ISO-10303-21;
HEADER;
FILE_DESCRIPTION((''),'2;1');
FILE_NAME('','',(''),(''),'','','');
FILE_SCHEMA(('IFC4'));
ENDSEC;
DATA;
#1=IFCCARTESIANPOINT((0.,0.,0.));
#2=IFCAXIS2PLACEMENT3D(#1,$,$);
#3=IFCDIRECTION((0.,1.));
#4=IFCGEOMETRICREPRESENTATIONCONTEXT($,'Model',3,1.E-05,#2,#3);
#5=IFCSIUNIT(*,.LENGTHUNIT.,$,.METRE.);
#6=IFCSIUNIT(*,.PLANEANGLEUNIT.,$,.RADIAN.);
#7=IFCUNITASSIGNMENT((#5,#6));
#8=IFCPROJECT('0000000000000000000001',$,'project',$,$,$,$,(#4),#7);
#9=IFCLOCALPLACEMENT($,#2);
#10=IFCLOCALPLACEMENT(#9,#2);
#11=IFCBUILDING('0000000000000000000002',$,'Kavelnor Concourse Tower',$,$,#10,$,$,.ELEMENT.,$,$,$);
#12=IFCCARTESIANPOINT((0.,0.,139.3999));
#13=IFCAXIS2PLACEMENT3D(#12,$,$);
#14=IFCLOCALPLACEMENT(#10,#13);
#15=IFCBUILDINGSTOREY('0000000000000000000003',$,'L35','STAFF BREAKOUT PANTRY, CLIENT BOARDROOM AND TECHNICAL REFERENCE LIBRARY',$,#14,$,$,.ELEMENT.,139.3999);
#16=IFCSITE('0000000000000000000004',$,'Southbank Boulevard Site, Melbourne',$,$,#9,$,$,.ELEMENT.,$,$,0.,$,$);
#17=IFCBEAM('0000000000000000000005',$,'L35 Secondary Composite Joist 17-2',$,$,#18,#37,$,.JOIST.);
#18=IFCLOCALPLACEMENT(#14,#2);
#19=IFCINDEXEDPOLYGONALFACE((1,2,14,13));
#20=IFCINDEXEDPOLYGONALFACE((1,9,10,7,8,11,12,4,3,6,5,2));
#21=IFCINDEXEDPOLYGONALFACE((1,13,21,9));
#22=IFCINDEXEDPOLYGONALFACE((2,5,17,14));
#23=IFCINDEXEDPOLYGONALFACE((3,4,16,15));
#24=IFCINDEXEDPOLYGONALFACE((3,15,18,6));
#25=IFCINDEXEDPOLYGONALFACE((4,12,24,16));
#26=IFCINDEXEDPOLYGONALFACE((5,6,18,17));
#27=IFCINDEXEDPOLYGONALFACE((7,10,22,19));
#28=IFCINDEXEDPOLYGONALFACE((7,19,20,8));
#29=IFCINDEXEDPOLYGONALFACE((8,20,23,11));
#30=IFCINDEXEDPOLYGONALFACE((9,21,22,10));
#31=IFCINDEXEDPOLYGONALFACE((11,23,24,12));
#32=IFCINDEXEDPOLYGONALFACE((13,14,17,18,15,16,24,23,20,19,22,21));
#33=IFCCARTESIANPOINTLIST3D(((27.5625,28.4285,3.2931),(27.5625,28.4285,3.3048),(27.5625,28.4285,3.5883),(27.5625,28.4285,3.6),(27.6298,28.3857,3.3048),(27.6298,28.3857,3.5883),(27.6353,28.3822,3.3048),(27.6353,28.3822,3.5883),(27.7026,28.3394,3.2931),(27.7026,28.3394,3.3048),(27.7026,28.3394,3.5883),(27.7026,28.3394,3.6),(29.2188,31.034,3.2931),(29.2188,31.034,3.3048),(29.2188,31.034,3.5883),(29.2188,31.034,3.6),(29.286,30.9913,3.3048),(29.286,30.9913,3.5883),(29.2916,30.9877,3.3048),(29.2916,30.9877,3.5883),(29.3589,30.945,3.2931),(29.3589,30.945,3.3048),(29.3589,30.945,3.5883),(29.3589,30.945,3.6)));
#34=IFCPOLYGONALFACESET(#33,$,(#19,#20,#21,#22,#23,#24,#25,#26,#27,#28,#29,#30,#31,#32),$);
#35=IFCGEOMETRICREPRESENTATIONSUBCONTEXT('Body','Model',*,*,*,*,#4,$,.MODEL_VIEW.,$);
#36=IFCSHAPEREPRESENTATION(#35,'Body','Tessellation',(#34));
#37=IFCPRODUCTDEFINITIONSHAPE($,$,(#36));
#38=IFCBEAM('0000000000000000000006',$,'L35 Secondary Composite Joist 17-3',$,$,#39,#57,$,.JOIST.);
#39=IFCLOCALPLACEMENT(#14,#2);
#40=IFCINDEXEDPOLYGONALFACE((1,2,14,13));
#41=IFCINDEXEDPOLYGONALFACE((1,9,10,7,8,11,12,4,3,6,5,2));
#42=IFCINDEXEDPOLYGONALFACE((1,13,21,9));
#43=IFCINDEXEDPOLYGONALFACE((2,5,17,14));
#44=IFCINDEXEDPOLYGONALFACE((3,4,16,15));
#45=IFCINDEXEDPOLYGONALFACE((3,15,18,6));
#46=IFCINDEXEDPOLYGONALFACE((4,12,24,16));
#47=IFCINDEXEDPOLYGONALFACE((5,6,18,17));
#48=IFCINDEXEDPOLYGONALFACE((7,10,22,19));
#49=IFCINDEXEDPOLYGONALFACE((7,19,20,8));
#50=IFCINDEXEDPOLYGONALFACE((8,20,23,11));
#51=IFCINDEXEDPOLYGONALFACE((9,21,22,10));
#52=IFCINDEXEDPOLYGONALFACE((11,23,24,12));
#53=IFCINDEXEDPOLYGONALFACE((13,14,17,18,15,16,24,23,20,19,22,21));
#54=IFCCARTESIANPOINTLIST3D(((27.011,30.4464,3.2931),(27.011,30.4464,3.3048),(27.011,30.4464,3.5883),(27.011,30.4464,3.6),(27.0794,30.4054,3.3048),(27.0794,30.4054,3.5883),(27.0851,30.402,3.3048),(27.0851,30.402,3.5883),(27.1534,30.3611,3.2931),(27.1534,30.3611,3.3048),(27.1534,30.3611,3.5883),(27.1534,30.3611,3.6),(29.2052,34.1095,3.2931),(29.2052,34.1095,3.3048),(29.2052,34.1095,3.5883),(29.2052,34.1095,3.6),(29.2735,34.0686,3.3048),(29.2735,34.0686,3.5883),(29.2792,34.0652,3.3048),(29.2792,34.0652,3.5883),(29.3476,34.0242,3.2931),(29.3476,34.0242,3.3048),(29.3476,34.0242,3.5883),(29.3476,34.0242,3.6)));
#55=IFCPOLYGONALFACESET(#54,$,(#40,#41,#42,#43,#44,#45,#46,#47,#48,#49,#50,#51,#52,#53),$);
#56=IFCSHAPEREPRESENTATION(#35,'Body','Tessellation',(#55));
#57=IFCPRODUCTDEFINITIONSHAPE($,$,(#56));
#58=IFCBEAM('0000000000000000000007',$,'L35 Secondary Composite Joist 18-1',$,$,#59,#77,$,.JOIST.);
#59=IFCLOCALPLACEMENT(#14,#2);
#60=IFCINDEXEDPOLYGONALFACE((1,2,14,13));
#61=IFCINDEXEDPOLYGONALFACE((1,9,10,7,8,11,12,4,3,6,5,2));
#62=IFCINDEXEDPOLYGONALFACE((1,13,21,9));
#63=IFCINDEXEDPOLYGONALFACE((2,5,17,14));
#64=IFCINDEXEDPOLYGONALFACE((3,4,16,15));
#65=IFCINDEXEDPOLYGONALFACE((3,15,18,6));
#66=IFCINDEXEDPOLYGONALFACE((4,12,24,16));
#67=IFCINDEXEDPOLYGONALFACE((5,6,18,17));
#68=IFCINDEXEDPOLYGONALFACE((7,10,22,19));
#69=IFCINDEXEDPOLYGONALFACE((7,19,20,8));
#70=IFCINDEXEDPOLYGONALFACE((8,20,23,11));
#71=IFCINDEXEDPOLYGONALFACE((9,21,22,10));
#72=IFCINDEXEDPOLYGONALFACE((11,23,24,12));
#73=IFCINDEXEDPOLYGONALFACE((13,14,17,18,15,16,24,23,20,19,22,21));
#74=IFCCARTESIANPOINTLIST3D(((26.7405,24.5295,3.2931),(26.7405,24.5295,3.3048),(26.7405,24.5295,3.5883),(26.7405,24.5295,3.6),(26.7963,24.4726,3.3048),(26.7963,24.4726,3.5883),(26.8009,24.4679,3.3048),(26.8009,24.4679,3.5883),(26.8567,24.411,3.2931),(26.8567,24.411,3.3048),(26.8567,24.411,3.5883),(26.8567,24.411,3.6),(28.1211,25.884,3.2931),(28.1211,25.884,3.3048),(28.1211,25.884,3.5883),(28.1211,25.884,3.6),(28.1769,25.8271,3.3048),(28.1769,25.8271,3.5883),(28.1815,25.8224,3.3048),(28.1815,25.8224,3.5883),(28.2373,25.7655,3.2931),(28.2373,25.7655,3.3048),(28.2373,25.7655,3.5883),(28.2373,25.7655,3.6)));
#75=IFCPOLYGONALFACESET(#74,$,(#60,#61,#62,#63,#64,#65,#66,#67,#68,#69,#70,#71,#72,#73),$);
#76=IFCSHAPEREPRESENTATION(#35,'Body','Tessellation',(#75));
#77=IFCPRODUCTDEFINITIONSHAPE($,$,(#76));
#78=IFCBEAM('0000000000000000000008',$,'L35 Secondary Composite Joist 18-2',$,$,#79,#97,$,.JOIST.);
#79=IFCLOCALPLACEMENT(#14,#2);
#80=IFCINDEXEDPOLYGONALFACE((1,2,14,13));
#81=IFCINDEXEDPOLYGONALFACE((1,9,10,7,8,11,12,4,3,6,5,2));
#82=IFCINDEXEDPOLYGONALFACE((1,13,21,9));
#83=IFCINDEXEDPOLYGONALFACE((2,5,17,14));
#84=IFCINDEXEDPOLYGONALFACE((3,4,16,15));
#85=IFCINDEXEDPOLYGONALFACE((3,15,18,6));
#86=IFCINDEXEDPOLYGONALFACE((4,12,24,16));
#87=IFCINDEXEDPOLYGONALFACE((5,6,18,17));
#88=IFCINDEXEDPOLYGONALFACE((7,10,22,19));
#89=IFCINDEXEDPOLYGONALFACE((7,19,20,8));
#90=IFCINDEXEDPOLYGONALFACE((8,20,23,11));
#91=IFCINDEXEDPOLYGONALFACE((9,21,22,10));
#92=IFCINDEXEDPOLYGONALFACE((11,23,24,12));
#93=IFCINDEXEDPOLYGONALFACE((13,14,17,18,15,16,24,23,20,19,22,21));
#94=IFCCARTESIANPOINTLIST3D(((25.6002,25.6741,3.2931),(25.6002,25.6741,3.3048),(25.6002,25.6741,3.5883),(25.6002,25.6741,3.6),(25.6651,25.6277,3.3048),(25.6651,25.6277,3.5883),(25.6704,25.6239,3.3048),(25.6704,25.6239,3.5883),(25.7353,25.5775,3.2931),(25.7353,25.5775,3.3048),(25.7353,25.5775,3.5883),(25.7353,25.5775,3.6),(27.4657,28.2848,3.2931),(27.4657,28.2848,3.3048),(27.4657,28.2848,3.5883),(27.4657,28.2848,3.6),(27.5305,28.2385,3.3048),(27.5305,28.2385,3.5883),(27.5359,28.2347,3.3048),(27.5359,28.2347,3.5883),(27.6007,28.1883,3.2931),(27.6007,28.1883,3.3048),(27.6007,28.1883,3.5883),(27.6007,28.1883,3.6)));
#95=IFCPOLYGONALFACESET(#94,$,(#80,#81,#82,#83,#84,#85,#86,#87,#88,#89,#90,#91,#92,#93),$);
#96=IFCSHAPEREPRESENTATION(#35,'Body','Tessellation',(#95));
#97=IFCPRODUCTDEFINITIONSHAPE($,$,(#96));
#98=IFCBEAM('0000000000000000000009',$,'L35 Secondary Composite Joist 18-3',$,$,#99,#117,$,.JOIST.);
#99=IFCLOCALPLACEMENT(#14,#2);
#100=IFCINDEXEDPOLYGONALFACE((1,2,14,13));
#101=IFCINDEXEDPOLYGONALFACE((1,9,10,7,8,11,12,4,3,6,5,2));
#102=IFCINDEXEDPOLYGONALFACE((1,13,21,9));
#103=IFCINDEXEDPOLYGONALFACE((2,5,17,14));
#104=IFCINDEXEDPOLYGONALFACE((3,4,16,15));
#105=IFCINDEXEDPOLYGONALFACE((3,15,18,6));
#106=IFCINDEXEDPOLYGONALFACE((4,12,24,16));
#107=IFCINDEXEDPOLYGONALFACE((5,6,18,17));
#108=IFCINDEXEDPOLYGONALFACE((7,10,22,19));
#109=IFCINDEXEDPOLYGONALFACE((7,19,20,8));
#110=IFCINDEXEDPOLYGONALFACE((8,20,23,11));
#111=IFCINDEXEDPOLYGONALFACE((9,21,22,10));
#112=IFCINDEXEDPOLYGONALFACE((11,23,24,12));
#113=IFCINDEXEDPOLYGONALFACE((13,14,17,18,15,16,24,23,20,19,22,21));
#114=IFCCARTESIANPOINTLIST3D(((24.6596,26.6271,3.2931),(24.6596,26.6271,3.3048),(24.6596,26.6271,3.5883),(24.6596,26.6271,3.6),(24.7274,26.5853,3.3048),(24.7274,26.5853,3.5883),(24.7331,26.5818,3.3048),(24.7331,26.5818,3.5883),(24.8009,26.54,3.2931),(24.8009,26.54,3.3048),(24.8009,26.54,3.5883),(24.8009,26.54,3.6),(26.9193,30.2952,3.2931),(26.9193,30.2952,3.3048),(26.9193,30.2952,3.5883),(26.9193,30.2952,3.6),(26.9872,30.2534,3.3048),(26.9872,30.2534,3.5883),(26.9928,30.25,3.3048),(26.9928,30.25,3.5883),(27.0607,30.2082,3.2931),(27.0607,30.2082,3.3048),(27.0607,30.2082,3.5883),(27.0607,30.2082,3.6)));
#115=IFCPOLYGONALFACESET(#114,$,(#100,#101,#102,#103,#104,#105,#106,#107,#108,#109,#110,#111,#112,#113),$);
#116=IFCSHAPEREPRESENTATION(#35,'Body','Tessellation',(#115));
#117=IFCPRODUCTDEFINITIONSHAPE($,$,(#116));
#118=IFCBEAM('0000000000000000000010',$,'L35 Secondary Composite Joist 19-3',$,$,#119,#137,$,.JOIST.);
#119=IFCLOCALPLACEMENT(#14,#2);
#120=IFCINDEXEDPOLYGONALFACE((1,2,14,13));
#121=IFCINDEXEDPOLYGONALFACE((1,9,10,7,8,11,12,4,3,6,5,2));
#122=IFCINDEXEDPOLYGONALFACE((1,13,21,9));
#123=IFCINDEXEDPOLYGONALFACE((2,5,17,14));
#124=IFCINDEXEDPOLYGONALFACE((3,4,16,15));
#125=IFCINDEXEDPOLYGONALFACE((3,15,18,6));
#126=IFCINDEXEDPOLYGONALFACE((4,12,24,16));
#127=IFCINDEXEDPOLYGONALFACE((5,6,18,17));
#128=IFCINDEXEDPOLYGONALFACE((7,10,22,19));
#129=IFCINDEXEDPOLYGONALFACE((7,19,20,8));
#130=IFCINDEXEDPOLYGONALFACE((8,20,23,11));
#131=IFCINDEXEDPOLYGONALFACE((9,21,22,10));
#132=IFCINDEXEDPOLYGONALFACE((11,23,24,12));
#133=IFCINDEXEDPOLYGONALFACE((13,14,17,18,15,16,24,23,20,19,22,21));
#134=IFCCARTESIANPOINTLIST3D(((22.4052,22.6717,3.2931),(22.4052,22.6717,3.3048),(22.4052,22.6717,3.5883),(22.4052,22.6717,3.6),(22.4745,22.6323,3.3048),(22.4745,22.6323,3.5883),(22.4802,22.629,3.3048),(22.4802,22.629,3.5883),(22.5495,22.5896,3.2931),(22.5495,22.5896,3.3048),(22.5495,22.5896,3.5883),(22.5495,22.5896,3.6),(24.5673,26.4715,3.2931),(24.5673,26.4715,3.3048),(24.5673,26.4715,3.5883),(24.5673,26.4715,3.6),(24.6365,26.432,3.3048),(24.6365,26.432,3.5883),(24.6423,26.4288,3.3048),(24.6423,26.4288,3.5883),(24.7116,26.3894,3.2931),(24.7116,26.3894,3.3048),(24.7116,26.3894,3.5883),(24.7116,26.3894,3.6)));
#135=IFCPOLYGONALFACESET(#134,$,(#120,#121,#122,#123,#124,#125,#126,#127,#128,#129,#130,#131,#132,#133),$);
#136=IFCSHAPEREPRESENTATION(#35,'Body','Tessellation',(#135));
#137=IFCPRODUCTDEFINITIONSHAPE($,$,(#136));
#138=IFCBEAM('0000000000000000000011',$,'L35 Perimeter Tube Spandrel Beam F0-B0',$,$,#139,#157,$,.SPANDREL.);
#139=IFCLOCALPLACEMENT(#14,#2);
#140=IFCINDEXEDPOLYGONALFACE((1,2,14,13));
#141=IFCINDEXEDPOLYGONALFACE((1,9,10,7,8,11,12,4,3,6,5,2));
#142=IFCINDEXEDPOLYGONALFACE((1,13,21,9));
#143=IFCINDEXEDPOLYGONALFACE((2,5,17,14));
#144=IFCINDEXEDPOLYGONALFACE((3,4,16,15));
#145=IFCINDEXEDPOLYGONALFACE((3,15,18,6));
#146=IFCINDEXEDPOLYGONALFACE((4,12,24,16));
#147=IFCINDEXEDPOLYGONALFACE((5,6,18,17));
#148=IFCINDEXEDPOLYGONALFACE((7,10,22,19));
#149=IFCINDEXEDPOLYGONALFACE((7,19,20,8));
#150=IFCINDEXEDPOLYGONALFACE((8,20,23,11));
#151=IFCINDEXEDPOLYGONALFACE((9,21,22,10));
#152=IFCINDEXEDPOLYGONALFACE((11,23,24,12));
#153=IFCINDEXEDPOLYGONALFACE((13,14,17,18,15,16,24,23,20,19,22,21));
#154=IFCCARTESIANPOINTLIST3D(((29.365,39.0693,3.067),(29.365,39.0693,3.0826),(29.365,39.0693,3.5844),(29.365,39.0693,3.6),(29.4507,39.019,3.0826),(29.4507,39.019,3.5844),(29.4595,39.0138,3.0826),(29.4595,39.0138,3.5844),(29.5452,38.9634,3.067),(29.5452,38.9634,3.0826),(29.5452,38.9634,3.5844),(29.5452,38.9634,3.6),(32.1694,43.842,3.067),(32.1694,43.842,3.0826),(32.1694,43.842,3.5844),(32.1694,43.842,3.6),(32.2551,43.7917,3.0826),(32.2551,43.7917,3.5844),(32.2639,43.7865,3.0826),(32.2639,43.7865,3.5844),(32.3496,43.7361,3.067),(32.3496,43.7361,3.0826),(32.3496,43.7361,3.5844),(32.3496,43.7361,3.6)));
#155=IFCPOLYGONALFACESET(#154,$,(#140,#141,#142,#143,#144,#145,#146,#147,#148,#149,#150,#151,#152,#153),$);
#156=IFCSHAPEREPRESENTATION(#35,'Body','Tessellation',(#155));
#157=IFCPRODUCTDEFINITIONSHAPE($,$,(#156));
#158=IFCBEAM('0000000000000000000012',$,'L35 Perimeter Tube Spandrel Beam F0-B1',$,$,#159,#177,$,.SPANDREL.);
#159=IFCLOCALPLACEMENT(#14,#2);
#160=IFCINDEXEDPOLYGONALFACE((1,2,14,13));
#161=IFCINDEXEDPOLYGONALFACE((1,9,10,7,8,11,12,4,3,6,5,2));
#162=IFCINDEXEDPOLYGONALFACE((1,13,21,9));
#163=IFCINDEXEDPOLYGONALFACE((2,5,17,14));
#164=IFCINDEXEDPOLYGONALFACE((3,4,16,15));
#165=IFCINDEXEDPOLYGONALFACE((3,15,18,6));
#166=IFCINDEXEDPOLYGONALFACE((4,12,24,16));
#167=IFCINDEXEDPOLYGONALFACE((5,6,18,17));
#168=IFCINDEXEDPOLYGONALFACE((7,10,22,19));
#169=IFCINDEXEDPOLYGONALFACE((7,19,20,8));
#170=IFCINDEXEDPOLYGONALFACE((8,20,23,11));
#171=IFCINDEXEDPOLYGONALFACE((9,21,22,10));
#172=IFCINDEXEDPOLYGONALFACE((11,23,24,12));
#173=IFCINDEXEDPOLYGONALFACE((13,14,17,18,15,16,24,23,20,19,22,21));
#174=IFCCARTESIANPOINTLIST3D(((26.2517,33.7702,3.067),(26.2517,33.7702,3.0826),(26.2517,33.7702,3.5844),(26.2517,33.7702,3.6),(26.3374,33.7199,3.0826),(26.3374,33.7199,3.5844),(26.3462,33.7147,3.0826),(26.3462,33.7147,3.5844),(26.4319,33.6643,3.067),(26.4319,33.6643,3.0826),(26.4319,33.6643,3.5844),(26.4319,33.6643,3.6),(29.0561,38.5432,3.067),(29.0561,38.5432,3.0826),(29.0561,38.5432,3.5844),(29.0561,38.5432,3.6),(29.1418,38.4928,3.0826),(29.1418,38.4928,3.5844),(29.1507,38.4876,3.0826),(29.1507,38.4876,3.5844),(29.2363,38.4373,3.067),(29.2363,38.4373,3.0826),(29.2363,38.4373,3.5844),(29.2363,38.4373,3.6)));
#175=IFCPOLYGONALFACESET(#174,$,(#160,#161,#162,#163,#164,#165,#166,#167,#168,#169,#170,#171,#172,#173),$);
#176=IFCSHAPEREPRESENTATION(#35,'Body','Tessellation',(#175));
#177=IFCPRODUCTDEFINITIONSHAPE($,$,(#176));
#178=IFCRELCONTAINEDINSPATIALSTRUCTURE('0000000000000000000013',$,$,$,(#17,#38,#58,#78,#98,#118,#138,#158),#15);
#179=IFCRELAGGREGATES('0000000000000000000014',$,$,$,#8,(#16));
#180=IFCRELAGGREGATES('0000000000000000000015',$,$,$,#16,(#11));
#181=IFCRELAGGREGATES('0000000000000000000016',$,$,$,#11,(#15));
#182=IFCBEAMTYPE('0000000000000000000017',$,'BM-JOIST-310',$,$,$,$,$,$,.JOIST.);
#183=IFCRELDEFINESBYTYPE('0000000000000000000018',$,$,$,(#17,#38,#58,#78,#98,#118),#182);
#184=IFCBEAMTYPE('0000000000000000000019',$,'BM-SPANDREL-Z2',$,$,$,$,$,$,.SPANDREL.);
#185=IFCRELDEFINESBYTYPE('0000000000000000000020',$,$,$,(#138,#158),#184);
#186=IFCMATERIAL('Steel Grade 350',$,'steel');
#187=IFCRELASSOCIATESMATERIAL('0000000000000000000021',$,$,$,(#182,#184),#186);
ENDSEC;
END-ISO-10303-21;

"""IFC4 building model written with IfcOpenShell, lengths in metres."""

from ifc_helpers import new_model, si_unit, direction, frame, origin, origin_2d, place, context, subcontext, project, spatial, i_section, extrude, material, material_profile, profile_set, type_object, element, save


model = new_model("IFC4")

# Units and contexts
model_context = context("Model", 3, precision=1e-05, world=origin(), true_north=direction((0.0, 1.0)))
body_context = subcontext(model_context, "Body", "Model", "MODEL_VIEW")
ifc_project = project(units=[si_unit("LENGTHUNIT", "METRE"), si_unit("PLANEANGLEUNIT", "RADIAN")], contexts=[model_context])

# Site, building, storey
site_placement = place(None, origin())
site = spatial("IfcSite", under=ifc_project, at=site_placement, Name="Southbank Boulevard Site, Melbourne", CompositionType="ELEMENT", RefElevation=0.0)
building_placement = place(site_placement, origin())
building = spatial("IfcBuilding", under=site, at=building_placement, Name="Kavelnor Concourse Tower", CompositionType="ELEMENT")
storey_placement = place(building_placement, frame((0.0, 0.0, 139.3999)))
storey = spatial("IfcBuildingStorey", under=building, at=storey_placement, Name="L35", Description="STAFF BREAKOUT PANTRY, CLIENT BOARDROOM AND TECHNICAL REFERENCE LIBRARY", CompositionType="ELEMENT", Elevation=139.3999)

# Shared definitions
ifc_material_1 = material(Name="Steel Grade 350", Category="steel")

# Beams
ifc_material_profile_1 = material_profile(ifc_material_1, i_section(OverallWidth=0.166, OverallDepth=0.3069, WebThickness=0.0066, FlangeThickness=0.0117, at=origin_2d()), Name="310UB46")
ifc_profile_set_1 = profile_set([ifc_material_profile_1], Name="Steel Grade 350")
beam_type_1 = type_object("IfcBeamType", Name="BM-JOIST-310", PredefinedType="JOIST", material=ifc_profile_set_1)
beam_1_placement = place(storey_placement, frame((29.2888, 30.9895, 3.4465), z_axis=(-0.536466, -0.843922, 0.0), x_axis=(0.843922, -0.536466, 0.0)))
element("IfcBeam", 1, at=beam_1_placement, inside=storey, type_object=beam_type_1, Name="L35 Secondary Composite Joist 17-2", PredefinedType="JOIST", context=body_context, shape_type="SweptSolid", body=[
    extrude(i_section(OverallWidth=0.166, OverallDepth=0.3069, WebThickness=0.0066, FlangeThickness=0.0117, at=origin_2d()), origin(), (0.0, 0.0, 1.0), 3.0874),
])
beam_2_placement = place(storey_placement, frame((29.2764, 34.0669, 3.4465), z_axis=(-0.513848, -0.857881, 0.0), x_axis=(0.857881, -0.513848, 0.0)))
element("IfcBeam", 2, at=beam_2_placement, inside=storey, type_object=beam_type_1, Name="L35 Secondary Composite Joist 17-3", PredefinedType="JOIST", context=body_context, shape_type="SweptSolid", body=[
    extrude(i_section(OverallWidth=0.166, OverallDepth=0.3069, WebThickness=0.0066, FlangeThickness=0.0117, at=origin_2d()), origin(), (0.0, 0.0, 1.0), 4.27),
])
beam_3_placement = place(storey_placement, frame((28.1792, 25.8247, 3.4465), z_axis=(-0.713828, -0.700321, 0.0), x_axis=(0.700321, -0.713828, 0.0)))
element("IfcBeam", 3, at=beam_3_placement, inside=storey, type_object=beam_type_1, Name="L35 Secondary Composite Joist 18-1", PredefinedType="JOIST", context=body_context, shape_type="SweptSolid", body=[
    extrude(i_section(OverallWidth=0.166, OverallDepth=0.3069, WebThickness=0.0066, FlangeThickness=0.0117, at=origin_2d()), origin(), (0.0, 0.0, 1.0), 1.9341),
])
beam_4_placement = place(storey_placement, frame((27.5332, 28.2366, 3.4465), z_axis=(-0.581361, -0.813646, 0.0), x_axis=(0.813646, -0.581361, 0.0)))
element("IfcBeam", 4, at=beam_4_placement, inside=storey, type_object=beam_type_1, Name="L35 Secondary Composite Joist 18-2", PredefinedType="JOIST", context=body_context, shape_type="SweptSolid", body=[
    extrude(i_section(OverallWidth=0.166, OverallDepth=0.3069, WebThickness=0.0066, FlangeThickness=0.0117, at=origin_2d()), origin(), (0.0, 0.0, 1.0), 3.2087),
])
beam_5_placement = place(storey_placement, frame((26.99, 30.2517, 3.4465), z_axis=(-0.524502, -0.851409, 0.0), x_axis=(0.851409, -0.524502, 0.0)))
element("IfcBeam", 5, at=beam_5_placement, inside=storey, type_object=beam_type_1, Name="L35 Secondary Composite Joist 18-3", PredefinedType="JOIST", context=body_context, shape_type="SweptSolid", body=[
    extrude(i_section(OverallWidth=0.166, OverallDepth=0.3069, WebThickness=0.0066, FlangeThickness=0.0117, at=origin_2d()), origin(), (0.0, 0.0, 1.0), 4.3083),
])
beam_6_placement = place(storey_placement, frame((24.6394, 26.4304, 3.4465), z_axis=(-0.49455, -0.869149, 0.0), x_axis=(0.869149, -0.49455, 0.0)))
element("IfcBeam", 6, at=beam_6_placement, inside=storey, type_object=beam_type_1, Name="L35 Secondary Composite Joist 19-3", PredefinedType="JOIST", context=body_context, shape_type="SweptSolid", body=[
    extrude(i_section(OverallWidth=0.166, OverallDepth=0.3069, WebThickness=0.0066, FlangeThickness=0.0117, at=origin_2d()), origin(), (0.0, 0.0, 1.0), 4.3718),
])
ifc_material_profile_2 = material_profile(ifc_material_1, i_section(OverallWidth=0.209, OverallDepth=0.533, WebThickness=0.0103, FlangeThickness=0.0156, at=origin_2d()), Name="530UB92")
ifc_profile_set_2 = profile_set([ifc_material_profile_2], Name="Steel Grade 350")
beam_type_2 = type_object("IfcBeamType", Name="BM-SPANDREL-Z2", PredefinedType="SPANDREL", material=ifc_profile_set_2)
beam_7_placement = place(storey_placement, frame((32.2595, 43.7891, 3.3335), z_axis=(-0.506613, -0.862173, 0.0), x_axis=(0.862173, -0.506613, 0.0)))
element("IfcBeam", 7, at=beam_7_placement, inside=storey, type_object=beam_type_2, Name="L35 Perimeter Tube Spandrel Beam F0-B0", PredefinedType="SPANDREL", context=body_context, shape_type="SweptSolid", body=[
    extrude(i_section(OverallWidth=0.209, OverallDepth=0.533, WebThickness=0.0103, FlangeThickness=0.0156, at=origin_2d()), origin(), (0.0, 0.0, 1.0), 5.5356),
])
beam_8_placement = place(storey_placement, frame((29.1462, 38.4902, 3.3335), z_axis=(-0.506594, -0.862185, 0.0), x_axis=(0.862185, -0.506594, 0.0)))
element("IfcBeam", 8, at=beam_8_placement, inside=storey, type_object=beam_type_2, Name="L35 Perimeter Tube Spandrel Beam F0-B1", PredefinedType="SPANDREL", context=body_context, shape_type="SweptSolid", body=[
    extrude(i_section(OverallWidth=0.209, OverallDepth=0.533, WebThickness=0.0103, FlangeThickness=0.0156, at=origin_2d()), origin(), (0.0, 0.0, 1.0), 5.5359),
])

save(model, "model.ifc")
